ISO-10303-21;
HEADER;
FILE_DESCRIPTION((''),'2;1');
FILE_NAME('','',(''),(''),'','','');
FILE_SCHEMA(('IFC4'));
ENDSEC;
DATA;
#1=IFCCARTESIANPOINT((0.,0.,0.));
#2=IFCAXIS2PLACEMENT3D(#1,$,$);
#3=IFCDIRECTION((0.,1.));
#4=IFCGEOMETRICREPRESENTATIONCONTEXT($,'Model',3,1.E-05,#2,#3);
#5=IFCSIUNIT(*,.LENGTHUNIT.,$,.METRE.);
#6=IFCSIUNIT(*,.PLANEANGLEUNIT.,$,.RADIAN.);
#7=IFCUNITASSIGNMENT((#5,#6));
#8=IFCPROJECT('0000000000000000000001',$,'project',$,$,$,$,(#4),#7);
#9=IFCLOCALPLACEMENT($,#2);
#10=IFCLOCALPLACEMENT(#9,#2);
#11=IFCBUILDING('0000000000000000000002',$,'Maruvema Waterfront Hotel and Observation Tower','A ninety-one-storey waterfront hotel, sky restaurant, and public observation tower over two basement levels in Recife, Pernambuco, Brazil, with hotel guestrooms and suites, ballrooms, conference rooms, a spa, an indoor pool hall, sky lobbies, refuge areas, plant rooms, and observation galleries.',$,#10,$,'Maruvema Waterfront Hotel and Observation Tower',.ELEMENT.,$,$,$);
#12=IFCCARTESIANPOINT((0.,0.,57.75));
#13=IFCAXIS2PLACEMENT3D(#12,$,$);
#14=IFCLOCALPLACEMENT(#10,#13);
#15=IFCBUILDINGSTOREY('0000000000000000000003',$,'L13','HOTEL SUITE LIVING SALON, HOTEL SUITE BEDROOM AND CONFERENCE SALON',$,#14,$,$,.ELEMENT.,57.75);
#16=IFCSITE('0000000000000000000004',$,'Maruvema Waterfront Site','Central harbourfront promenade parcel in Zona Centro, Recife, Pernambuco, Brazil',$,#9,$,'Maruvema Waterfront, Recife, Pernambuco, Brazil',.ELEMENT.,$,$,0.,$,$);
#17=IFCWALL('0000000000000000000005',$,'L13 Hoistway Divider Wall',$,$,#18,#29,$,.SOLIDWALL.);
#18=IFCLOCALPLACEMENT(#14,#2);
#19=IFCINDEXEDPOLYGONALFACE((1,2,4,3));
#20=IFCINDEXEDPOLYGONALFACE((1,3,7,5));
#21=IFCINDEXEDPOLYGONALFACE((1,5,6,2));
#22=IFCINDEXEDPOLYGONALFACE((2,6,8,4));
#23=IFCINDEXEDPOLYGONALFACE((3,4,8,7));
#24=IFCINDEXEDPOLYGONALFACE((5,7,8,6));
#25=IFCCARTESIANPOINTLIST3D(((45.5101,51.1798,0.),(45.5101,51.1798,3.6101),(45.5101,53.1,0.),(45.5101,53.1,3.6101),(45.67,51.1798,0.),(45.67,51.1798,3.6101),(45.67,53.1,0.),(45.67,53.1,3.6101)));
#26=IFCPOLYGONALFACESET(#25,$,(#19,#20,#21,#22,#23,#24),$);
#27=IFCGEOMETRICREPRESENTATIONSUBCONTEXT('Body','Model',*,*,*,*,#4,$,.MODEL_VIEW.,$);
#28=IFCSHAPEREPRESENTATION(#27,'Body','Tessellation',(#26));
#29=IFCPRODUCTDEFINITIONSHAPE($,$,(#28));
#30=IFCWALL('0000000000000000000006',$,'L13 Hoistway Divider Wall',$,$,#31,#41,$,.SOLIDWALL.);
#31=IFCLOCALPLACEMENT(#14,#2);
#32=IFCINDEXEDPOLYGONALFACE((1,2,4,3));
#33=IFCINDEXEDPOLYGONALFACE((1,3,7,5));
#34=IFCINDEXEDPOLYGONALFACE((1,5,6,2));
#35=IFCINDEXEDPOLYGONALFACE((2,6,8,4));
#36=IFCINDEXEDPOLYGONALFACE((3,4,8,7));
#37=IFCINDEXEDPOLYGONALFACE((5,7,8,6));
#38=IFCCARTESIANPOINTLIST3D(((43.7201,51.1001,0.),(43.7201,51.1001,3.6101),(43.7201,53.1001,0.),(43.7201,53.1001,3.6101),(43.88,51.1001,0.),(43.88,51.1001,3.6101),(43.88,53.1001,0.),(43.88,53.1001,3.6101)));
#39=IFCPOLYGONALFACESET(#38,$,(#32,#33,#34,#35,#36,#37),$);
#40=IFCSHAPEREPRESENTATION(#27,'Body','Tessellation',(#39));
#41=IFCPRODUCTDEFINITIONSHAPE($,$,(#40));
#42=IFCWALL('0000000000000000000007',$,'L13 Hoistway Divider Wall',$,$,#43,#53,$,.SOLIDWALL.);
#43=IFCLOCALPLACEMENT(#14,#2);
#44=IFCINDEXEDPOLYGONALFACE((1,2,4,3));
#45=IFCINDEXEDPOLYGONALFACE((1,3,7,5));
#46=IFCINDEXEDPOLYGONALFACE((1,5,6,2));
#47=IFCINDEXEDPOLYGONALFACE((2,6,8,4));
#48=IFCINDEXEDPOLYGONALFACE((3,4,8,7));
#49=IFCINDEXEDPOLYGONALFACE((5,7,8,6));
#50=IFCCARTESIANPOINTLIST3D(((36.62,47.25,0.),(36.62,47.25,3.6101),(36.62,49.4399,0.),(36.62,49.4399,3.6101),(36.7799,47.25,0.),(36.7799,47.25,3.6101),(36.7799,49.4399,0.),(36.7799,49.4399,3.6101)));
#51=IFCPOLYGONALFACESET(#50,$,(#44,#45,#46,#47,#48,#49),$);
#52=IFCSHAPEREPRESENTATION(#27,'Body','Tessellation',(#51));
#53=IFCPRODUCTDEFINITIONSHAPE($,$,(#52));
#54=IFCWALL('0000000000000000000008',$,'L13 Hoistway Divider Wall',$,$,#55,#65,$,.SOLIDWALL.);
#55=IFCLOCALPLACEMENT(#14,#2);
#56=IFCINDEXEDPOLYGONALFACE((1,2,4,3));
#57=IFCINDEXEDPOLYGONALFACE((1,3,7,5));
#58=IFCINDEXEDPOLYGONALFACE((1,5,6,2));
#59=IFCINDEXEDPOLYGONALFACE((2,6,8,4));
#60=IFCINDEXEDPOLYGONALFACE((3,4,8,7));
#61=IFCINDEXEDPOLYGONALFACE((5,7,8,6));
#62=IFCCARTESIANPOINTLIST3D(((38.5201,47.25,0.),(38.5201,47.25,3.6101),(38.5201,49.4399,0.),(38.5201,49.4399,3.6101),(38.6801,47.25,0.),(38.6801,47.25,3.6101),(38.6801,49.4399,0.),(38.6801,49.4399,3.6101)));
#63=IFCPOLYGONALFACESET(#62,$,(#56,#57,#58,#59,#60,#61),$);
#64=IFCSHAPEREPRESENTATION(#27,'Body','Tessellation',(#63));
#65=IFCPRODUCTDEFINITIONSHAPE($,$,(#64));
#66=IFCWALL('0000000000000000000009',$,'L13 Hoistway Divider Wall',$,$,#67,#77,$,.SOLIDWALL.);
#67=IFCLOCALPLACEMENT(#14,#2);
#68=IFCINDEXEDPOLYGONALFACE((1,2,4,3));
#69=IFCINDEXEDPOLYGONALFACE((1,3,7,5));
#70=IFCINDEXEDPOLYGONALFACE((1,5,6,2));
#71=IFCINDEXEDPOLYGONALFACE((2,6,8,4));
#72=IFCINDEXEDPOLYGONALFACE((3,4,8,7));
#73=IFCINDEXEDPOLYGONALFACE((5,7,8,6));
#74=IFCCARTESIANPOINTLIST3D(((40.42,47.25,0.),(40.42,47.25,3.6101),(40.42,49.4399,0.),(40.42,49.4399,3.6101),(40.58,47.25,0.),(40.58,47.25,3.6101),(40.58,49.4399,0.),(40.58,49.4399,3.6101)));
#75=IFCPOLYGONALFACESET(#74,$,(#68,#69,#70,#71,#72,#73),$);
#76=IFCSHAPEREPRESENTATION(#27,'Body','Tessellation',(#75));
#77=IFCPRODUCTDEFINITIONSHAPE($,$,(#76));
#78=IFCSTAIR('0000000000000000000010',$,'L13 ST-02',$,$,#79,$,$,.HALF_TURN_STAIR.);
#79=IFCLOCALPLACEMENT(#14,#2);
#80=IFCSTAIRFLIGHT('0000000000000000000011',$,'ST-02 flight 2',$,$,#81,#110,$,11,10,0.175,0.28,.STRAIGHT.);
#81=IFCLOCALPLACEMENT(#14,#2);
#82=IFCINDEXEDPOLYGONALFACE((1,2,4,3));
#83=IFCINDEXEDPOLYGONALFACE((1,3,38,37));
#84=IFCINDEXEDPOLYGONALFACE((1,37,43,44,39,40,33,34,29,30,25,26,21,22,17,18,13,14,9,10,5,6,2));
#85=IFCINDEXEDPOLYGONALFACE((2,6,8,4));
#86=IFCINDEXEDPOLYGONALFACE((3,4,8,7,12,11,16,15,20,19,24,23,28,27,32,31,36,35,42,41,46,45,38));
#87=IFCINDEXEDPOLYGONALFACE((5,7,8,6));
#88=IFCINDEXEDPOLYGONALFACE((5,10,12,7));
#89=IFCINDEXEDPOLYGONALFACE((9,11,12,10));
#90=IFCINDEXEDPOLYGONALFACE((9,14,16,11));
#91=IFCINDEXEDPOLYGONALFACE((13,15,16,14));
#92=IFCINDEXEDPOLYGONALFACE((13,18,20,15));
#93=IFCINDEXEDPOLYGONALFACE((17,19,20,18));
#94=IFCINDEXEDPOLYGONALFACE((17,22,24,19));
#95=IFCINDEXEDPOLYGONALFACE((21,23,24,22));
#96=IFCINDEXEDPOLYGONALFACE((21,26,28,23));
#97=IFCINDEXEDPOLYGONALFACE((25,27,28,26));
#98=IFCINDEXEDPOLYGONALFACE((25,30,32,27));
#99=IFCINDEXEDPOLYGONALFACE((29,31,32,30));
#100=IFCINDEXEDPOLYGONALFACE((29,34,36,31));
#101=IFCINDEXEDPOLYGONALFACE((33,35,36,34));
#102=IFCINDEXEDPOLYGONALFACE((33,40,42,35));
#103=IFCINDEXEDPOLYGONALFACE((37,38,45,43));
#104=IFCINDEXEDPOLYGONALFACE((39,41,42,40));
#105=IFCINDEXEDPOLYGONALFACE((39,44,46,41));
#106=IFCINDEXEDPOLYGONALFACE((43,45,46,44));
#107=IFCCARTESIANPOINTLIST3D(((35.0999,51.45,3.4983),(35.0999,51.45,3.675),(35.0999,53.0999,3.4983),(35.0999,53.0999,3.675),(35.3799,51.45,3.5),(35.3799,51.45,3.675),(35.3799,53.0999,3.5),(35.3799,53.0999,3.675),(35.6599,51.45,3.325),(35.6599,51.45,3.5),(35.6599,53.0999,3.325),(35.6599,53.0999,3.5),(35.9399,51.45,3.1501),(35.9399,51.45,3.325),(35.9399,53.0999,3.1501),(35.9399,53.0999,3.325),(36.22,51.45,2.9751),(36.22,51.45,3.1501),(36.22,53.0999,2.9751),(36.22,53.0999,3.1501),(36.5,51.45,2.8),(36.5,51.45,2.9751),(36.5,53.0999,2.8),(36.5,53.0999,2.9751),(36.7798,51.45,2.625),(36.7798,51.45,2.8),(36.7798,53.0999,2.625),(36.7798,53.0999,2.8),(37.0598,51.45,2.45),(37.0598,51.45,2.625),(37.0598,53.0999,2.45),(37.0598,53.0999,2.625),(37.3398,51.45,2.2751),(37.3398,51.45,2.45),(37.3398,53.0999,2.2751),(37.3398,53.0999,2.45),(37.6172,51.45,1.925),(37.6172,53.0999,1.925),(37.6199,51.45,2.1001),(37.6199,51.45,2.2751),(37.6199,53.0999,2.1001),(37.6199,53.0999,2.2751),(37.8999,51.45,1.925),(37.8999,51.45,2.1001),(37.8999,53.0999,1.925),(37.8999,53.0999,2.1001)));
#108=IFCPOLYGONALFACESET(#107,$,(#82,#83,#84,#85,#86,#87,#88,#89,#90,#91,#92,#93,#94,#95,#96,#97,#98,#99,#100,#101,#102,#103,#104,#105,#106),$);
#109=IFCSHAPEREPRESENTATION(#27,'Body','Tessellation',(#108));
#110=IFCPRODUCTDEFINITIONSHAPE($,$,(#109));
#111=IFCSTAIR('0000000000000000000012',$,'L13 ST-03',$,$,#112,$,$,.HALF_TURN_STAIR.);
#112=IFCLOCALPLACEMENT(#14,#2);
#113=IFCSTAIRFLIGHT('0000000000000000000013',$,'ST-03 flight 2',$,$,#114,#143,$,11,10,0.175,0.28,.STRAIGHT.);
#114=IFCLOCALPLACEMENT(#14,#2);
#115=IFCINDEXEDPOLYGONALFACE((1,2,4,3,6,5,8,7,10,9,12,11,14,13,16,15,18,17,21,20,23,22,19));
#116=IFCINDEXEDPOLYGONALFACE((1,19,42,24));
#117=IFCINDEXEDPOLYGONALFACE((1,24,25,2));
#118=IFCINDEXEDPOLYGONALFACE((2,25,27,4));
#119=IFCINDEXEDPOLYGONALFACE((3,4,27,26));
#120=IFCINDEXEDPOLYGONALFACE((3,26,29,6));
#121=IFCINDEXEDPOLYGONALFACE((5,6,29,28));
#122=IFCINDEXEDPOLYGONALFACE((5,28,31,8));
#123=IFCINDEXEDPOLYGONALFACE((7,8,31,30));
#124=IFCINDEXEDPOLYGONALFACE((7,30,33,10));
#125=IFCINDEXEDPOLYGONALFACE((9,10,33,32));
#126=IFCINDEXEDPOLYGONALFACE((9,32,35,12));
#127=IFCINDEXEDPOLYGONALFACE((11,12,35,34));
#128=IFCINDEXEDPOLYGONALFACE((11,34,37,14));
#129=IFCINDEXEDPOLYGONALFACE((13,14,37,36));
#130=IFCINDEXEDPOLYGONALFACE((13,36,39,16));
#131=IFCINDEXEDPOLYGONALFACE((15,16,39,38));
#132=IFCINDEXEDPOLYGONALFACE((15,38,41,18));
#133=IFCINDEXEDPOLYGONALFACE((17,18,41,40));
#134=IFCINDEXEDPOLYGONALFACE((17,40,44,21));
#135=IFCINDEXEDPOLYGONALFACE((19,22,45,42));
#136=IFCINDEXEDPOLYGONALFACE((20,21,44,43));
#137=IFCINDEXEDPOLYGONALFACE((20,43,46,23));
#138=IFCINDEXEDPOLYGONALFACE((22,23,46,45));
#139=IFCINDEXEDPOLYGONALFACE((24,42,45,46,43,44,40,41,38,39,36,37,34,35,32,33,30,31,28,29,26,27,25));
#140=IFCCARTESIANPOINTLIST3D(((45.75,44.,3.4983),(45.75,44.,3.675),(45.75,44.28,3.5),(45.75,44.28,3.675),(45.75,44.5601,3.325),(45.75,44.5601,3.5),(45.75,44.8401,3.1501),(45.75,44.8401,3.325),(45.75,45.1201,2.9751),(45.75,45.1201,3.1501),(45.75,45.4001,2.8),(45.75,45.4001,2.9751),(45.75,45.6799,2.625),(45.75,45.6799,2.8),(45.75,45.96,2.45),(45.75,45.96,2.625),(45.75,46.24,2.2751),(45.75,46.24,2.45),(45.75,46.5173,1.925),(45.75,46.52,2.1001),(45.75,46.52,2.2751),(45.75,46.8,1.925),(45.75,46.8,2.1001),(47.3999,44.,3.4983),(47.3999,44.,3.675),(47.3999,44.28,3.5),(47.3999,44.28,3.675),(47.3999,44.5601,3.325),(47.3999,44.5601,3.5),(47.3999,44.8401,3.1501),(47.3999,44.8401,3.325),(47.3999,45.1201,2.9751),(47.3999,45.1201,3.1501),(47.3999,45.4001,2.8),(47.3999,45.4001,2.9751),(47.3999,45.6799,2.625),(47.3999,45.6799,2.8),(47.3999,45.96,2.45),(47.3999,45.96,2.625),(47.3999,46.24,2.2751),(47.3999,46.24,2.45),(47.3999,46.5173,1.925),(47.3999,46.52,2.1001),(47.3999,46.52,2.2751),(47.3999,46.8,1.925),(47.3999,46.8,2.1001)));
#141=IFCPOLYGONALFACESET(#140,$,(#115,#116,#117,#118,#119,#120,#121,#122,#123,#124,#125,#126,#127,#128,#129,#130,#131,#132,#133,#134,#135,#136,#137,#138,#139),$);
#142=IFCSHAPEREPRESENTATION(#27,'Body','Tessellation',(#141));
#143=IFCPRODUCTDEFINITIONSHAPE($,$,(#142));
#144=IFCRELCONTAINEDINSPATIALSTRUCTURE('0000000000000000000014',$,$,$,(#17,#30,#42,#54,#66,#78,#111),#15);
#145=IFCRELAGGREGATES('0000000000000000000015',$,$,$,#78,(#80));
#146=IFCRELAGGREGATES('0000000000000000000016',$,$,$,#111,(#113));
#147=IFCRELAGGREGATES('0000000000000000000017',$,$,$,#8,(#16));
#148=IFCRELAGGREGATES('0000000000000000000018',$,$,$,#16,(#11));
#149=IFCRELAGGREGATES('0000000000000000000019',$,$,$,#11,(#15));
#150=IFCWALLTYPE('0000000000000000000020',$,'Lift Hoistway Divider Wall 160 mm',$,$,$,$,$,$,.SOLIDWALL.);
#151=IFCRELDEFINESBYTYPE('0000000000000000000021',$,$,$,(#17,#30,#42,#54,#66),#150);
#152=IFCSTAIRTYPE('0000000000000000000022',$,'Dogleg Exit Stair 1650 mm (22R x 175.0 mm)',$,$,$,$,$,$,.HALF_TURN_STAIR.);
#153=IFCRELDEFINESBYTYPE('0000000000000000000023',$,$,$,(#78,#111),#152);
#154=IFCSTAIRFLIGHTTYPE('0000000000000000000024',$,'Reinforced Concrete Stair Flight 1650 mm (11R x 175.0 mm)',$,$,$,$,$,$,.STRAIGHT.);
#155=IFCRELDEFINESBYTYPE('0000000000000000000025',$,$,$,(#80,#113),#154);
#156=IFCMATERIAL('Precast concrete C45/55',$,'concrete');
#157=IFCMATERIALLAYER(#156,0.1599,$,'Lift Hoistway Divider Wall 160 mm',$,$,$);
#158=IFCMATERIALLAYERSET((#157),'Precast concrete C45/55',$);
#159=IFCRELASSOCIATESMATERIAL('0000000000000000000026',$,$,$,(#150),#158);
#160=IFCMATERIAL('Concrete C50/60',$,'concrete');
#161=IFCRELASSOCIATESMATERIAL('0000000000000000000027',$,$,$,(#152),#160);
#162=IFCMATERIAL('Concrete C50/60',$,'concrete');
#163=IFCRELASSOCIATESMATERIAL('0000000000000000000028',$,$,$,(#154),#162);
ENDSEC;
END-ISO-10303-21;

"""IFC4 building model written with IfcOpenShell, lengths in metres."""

from ifc_helpers import new_model, si_unit, direction, frame, frame_2d, origin, place, context, subcontext, project, spatial, polyline, rectangle, outline, extrude, material, layer, layer_set, type_object, element, aggregate, save


model = new_model("IFC4")

# Units and contexts
model_context = context("Model", 3, precision=1e-05, world=origin(), true_north=direction((0.0, 1.0)))
body_context = subcontext(model_context, "Body", "Model", "MODEL_VIEW")
ifc_project = project(units=[si_unit("LENGTHUNIT", "METRE"), si_unit("PLANEANGLEUNIT", "RADIAN")], contexts=[model_context])

# Site, building, storey
site_placement = place(None, origin())
site = spatial("IfcSite", under=ifc_project, at=site_placement, Name="Maruvema Waterfront Site", Description="Central harbourfront promenade parcel in Zona Centro, Recife, Pernambuco, Brazil", LongName="Maruvema Waterfront, Recife, Pernambuco, Brazil", CompositionType="ELEMENT", RefElevation=0.0)
building_placement = place(site_placement, origin())
building = spatial("IfcBuilding", under=site, at=building_placement, Name="Maruvema Waterfront Hotel and Observation Tower", Description="A ninety-one-storey waterfront hotel, sky restaurant, and public observation tower over two basement levels in Recife, Pernambuco, Brazil, with hotel guestrooms and suites, ballrooms, conference rooms, a spa, an indoor pool hall, sky lobbies, refuge areas, plant rooms, and observation galleries.", LongName="Maruvema Waterfront Hotel and Observation Tower", CompositionType="ELEMENT")
storey_placement = place(building_placement, frame((0.0, 0.0, 57.75)))
storey = spatial("IfcBuildingStorey", under=building, at=storey_placement, Name="L13", Description="HOTEL SUITE LIVING SALON, HOTEL SUITE BEDROOM AND CONFERENCE SALON", CompositionType="ELEMENT", Elevation=57.75)

# Walls
ifc_material_1 = material(Name="Precast concrete C45/55", Category="concrete")
ifc_layer_1 = layer(ifc_material_1, 0.1599, Name="Lift Hoistway Divider Wall 160 mm")
ifc_layer_set_1 = layer_set([ifc_layer_1], Name="Precast concrete C45/55")
wall_type_1 = type_object("IfcWallType", Name="Lift Hoistway Divider Wall 160 mm", PredefinedType="SOLIDWALL", material=ifc_layer_set_1)
wall_1_placement = place(storey_placement, frame((45.5901, 51.1799, 0.0), z_axis=(0.0, 0.0, 1.0), x_axis=(0.0, 1.0, 0.0)))
element("IfcWall", 1, at=wall_1_placement, inside=storey, type_object=wall_type_1, Name="L13 Hoistway Divider Wall", PredefinedType="SOLIDWALL", context=body_context, shape_type="SweptSolid", body=[
    extrude(rectangle(XDim=1.9202, YDim=0.1599, at=frame_2d((0.96, 0.0))), origin(), (0.0, 0.0, 1.0), 3.6101),
])
wall_2_placement = place(storey_placement, frame((43.8, 51.1001, 0.0), z_axis=(0.0, 0.0, 1.0), x_axis=(0.0, 1.0, 0.0)))
element("IfcWall", 2, at=wall_2_placement, inside=storey, type_object=wall_type_1, Name="L13 Hoistway Divider Wall", PredefinedType="SOLIDWALL", context=body_context, shape_type="SweptSolid", body=[
    extrude(rectangle(XDim=2.0, YDim=0.1599, at=frame_2d((1.0, 0.0))), origin(), (0.0, 0.0, 1.0), 3.6101),
])
for number, where, z_axis, x_axis, name in (
    (3, (36.7, 47.25, 0.0), (0.0, 0.0, 1.0), (0.0, 1.0, 0.0), "L13 Hoistway Divider Wall"),
    (4, (38.6001, 47.25, 0.0), (0.0, 0.0, 1.0), (0.0, 1.0, 0.0), "L13 Hoistway Divider Wall"),
    (5, (40.5, 47.25, 0.0), (0.0, 0.0, 1.0), (0.0, 1.0, 0.0), "L13 Hoistway Divider Wall"),
):
    element("IfcWall", number, at=place(storey_placement, frame(where, z_axis=z_axis, x_axis=x_axis)), inside=storey, type_object=wall_type_1, Name=name, PredefinedType="SOLIDWALL", context=body_context, shape_type="SweptSolid", body=[
        extrude(rectangle(XDim=2.1899, YDim=0.1599, at=frame_2d((1.095, 0.0))), origin(), (0.0, 0.0, 1.0), 3.6101),
    ])

# Stairs, stair flights
ifc_material_2 = material(Name="Concrete C50/60", Category="concrete")
stair_type = type_object("IfcStairType", Name="Dogleg Exit Stair 1650 mm (22R x 175.0 mm)", PredefinedType="HALF_TURN_STAIR", material=ifc_material_2)
stair_1_placement = place(storey_placement, origin())
stair_1 = element("IfcStair", 6, at=stair_1_placement, inside=storey, type_object=stair_type, Name="L13 ST-02", PredefinedType="HALF_TURN_STAIR")
ifc_material_3 = material(Name="Concrete C50/60", Category="concrete")
stair_flight_type = type_object("IfcStairFlightType", Name="Reinforced Concrete Stair Flight 1650 mm (11R x 175.0 mm)", PredefinedType="STRAIGHT", material=ifc_material_3)
stair_flight_1_placement = place(storey_placement, frame((37.8999, 52.2749, 1.925), z_axis=(0.0, 0.0, 1.0), x_axis=(-1.0, 0.0, 0.0)))
stair_flight_1 = element("IfcStairFlight", 7, at=stair_flight_1_placement, type_object=stair_flight_type, Name="ST-02 flight 2", NumberOfRisers=11, NumberOfTreads=10, PredefinedType="STRAIGHT", RiserHeight=0.175, TreadLength=0.28, context=body_context, shape_type="SweptSolid", body=[
    extrude(outline(polyline([(0.0, 0.0), (0.0, 0.175), (0.28, 0.175), (0.28, 0.3501), (0.5601, 0.3501), (0.5601, 0.5249), (0.8401, 0.5249), (0.8401, 0.7), (1.1201, 0.7), (1.1201, 0.875), (1.3999, 0.875), (1.3999, 1.05), (1.6799, 1.05), (1.6799, 1.2251), (1.96, 1.2251), (1.96, 1.3999), (2.24, 1.3999), (2.24, 1.575), (2.52, 1.575), (2.52, 1.75), (2.8, 1.75), (2.8, 1.925), (2.8, 1.5732), (0.2827, 0.0), (0.0, 0.0)])), frame((0.0, 0.825, 0.0), z_axis=(0.0, -1.0, 0.0), x_axis=(1.0, 0.0, 0.0)), (0.0, 0.0, 1.0), 1.6499),
])
aggregate(stair_1, [stair_flight_1])
stair_2_placement = place(storey_placement, origin())
stair_2 = element("IfcStair", 8, at=stair_2_placement, inside=storey, type_object=stair_type, Name="L13 ST-03", PredefinedType="HALF_TURN_STAIR")
stair_flight_2_placement = place(storey_placement, frame((46.575, 46.8, 1.925), z_axis=(0.0, 0.0, 1.0), x_axis=(0.0, -1.0, 0.0)))
stair_flight_2 = element("IfcStairFlight", 9, at=stair_flight_2_placement, type_object=stair_flight_type, Name="ST-03 flight 2", NumberOfRisers=11, NumberOfTreads=10, PredefinedType="STRAIGHT", RiserHeight=0.175, TreadLength=0.28, context=body_context, shape_type="SweptSolid", body=[
    extrude(outline(polyline([(0.0, 0.0), (0.0, 0.175), (0.28, 0.175), (0.28, 0.3501), (0.5601, 0.3501), (0.5601, 0.5249), (0.8401, 0.5249), (0.8401, 0.7), (1.1201, 0.7), (1.1201, 0.875), (1.3999, 0.875), (1.3999, 1.05), (1.6799, 1.05), (1.6799, 1.2251), (1.96, 1.2251), (1.96, 1.3999), (2.24, 1.3999), (2.24, 1.575), (2.52, 1.575), (2.52, 1.75), (2.8, 1.75), (2.8, 1.925), (2.8, 1.5732), (0.2827, 0.0), (0.0, 0.0)])), frame((0.0, 0.825, 0.0), z_axis=(0.0, -1.0, 0.0), x_axis=(1.0, 0.0, 0.0)), (0.0, 0.0, 1.0), 1.6499),
])
aggregate(stair_2, [stair_flight_2])

save(model, "model.ifc")
